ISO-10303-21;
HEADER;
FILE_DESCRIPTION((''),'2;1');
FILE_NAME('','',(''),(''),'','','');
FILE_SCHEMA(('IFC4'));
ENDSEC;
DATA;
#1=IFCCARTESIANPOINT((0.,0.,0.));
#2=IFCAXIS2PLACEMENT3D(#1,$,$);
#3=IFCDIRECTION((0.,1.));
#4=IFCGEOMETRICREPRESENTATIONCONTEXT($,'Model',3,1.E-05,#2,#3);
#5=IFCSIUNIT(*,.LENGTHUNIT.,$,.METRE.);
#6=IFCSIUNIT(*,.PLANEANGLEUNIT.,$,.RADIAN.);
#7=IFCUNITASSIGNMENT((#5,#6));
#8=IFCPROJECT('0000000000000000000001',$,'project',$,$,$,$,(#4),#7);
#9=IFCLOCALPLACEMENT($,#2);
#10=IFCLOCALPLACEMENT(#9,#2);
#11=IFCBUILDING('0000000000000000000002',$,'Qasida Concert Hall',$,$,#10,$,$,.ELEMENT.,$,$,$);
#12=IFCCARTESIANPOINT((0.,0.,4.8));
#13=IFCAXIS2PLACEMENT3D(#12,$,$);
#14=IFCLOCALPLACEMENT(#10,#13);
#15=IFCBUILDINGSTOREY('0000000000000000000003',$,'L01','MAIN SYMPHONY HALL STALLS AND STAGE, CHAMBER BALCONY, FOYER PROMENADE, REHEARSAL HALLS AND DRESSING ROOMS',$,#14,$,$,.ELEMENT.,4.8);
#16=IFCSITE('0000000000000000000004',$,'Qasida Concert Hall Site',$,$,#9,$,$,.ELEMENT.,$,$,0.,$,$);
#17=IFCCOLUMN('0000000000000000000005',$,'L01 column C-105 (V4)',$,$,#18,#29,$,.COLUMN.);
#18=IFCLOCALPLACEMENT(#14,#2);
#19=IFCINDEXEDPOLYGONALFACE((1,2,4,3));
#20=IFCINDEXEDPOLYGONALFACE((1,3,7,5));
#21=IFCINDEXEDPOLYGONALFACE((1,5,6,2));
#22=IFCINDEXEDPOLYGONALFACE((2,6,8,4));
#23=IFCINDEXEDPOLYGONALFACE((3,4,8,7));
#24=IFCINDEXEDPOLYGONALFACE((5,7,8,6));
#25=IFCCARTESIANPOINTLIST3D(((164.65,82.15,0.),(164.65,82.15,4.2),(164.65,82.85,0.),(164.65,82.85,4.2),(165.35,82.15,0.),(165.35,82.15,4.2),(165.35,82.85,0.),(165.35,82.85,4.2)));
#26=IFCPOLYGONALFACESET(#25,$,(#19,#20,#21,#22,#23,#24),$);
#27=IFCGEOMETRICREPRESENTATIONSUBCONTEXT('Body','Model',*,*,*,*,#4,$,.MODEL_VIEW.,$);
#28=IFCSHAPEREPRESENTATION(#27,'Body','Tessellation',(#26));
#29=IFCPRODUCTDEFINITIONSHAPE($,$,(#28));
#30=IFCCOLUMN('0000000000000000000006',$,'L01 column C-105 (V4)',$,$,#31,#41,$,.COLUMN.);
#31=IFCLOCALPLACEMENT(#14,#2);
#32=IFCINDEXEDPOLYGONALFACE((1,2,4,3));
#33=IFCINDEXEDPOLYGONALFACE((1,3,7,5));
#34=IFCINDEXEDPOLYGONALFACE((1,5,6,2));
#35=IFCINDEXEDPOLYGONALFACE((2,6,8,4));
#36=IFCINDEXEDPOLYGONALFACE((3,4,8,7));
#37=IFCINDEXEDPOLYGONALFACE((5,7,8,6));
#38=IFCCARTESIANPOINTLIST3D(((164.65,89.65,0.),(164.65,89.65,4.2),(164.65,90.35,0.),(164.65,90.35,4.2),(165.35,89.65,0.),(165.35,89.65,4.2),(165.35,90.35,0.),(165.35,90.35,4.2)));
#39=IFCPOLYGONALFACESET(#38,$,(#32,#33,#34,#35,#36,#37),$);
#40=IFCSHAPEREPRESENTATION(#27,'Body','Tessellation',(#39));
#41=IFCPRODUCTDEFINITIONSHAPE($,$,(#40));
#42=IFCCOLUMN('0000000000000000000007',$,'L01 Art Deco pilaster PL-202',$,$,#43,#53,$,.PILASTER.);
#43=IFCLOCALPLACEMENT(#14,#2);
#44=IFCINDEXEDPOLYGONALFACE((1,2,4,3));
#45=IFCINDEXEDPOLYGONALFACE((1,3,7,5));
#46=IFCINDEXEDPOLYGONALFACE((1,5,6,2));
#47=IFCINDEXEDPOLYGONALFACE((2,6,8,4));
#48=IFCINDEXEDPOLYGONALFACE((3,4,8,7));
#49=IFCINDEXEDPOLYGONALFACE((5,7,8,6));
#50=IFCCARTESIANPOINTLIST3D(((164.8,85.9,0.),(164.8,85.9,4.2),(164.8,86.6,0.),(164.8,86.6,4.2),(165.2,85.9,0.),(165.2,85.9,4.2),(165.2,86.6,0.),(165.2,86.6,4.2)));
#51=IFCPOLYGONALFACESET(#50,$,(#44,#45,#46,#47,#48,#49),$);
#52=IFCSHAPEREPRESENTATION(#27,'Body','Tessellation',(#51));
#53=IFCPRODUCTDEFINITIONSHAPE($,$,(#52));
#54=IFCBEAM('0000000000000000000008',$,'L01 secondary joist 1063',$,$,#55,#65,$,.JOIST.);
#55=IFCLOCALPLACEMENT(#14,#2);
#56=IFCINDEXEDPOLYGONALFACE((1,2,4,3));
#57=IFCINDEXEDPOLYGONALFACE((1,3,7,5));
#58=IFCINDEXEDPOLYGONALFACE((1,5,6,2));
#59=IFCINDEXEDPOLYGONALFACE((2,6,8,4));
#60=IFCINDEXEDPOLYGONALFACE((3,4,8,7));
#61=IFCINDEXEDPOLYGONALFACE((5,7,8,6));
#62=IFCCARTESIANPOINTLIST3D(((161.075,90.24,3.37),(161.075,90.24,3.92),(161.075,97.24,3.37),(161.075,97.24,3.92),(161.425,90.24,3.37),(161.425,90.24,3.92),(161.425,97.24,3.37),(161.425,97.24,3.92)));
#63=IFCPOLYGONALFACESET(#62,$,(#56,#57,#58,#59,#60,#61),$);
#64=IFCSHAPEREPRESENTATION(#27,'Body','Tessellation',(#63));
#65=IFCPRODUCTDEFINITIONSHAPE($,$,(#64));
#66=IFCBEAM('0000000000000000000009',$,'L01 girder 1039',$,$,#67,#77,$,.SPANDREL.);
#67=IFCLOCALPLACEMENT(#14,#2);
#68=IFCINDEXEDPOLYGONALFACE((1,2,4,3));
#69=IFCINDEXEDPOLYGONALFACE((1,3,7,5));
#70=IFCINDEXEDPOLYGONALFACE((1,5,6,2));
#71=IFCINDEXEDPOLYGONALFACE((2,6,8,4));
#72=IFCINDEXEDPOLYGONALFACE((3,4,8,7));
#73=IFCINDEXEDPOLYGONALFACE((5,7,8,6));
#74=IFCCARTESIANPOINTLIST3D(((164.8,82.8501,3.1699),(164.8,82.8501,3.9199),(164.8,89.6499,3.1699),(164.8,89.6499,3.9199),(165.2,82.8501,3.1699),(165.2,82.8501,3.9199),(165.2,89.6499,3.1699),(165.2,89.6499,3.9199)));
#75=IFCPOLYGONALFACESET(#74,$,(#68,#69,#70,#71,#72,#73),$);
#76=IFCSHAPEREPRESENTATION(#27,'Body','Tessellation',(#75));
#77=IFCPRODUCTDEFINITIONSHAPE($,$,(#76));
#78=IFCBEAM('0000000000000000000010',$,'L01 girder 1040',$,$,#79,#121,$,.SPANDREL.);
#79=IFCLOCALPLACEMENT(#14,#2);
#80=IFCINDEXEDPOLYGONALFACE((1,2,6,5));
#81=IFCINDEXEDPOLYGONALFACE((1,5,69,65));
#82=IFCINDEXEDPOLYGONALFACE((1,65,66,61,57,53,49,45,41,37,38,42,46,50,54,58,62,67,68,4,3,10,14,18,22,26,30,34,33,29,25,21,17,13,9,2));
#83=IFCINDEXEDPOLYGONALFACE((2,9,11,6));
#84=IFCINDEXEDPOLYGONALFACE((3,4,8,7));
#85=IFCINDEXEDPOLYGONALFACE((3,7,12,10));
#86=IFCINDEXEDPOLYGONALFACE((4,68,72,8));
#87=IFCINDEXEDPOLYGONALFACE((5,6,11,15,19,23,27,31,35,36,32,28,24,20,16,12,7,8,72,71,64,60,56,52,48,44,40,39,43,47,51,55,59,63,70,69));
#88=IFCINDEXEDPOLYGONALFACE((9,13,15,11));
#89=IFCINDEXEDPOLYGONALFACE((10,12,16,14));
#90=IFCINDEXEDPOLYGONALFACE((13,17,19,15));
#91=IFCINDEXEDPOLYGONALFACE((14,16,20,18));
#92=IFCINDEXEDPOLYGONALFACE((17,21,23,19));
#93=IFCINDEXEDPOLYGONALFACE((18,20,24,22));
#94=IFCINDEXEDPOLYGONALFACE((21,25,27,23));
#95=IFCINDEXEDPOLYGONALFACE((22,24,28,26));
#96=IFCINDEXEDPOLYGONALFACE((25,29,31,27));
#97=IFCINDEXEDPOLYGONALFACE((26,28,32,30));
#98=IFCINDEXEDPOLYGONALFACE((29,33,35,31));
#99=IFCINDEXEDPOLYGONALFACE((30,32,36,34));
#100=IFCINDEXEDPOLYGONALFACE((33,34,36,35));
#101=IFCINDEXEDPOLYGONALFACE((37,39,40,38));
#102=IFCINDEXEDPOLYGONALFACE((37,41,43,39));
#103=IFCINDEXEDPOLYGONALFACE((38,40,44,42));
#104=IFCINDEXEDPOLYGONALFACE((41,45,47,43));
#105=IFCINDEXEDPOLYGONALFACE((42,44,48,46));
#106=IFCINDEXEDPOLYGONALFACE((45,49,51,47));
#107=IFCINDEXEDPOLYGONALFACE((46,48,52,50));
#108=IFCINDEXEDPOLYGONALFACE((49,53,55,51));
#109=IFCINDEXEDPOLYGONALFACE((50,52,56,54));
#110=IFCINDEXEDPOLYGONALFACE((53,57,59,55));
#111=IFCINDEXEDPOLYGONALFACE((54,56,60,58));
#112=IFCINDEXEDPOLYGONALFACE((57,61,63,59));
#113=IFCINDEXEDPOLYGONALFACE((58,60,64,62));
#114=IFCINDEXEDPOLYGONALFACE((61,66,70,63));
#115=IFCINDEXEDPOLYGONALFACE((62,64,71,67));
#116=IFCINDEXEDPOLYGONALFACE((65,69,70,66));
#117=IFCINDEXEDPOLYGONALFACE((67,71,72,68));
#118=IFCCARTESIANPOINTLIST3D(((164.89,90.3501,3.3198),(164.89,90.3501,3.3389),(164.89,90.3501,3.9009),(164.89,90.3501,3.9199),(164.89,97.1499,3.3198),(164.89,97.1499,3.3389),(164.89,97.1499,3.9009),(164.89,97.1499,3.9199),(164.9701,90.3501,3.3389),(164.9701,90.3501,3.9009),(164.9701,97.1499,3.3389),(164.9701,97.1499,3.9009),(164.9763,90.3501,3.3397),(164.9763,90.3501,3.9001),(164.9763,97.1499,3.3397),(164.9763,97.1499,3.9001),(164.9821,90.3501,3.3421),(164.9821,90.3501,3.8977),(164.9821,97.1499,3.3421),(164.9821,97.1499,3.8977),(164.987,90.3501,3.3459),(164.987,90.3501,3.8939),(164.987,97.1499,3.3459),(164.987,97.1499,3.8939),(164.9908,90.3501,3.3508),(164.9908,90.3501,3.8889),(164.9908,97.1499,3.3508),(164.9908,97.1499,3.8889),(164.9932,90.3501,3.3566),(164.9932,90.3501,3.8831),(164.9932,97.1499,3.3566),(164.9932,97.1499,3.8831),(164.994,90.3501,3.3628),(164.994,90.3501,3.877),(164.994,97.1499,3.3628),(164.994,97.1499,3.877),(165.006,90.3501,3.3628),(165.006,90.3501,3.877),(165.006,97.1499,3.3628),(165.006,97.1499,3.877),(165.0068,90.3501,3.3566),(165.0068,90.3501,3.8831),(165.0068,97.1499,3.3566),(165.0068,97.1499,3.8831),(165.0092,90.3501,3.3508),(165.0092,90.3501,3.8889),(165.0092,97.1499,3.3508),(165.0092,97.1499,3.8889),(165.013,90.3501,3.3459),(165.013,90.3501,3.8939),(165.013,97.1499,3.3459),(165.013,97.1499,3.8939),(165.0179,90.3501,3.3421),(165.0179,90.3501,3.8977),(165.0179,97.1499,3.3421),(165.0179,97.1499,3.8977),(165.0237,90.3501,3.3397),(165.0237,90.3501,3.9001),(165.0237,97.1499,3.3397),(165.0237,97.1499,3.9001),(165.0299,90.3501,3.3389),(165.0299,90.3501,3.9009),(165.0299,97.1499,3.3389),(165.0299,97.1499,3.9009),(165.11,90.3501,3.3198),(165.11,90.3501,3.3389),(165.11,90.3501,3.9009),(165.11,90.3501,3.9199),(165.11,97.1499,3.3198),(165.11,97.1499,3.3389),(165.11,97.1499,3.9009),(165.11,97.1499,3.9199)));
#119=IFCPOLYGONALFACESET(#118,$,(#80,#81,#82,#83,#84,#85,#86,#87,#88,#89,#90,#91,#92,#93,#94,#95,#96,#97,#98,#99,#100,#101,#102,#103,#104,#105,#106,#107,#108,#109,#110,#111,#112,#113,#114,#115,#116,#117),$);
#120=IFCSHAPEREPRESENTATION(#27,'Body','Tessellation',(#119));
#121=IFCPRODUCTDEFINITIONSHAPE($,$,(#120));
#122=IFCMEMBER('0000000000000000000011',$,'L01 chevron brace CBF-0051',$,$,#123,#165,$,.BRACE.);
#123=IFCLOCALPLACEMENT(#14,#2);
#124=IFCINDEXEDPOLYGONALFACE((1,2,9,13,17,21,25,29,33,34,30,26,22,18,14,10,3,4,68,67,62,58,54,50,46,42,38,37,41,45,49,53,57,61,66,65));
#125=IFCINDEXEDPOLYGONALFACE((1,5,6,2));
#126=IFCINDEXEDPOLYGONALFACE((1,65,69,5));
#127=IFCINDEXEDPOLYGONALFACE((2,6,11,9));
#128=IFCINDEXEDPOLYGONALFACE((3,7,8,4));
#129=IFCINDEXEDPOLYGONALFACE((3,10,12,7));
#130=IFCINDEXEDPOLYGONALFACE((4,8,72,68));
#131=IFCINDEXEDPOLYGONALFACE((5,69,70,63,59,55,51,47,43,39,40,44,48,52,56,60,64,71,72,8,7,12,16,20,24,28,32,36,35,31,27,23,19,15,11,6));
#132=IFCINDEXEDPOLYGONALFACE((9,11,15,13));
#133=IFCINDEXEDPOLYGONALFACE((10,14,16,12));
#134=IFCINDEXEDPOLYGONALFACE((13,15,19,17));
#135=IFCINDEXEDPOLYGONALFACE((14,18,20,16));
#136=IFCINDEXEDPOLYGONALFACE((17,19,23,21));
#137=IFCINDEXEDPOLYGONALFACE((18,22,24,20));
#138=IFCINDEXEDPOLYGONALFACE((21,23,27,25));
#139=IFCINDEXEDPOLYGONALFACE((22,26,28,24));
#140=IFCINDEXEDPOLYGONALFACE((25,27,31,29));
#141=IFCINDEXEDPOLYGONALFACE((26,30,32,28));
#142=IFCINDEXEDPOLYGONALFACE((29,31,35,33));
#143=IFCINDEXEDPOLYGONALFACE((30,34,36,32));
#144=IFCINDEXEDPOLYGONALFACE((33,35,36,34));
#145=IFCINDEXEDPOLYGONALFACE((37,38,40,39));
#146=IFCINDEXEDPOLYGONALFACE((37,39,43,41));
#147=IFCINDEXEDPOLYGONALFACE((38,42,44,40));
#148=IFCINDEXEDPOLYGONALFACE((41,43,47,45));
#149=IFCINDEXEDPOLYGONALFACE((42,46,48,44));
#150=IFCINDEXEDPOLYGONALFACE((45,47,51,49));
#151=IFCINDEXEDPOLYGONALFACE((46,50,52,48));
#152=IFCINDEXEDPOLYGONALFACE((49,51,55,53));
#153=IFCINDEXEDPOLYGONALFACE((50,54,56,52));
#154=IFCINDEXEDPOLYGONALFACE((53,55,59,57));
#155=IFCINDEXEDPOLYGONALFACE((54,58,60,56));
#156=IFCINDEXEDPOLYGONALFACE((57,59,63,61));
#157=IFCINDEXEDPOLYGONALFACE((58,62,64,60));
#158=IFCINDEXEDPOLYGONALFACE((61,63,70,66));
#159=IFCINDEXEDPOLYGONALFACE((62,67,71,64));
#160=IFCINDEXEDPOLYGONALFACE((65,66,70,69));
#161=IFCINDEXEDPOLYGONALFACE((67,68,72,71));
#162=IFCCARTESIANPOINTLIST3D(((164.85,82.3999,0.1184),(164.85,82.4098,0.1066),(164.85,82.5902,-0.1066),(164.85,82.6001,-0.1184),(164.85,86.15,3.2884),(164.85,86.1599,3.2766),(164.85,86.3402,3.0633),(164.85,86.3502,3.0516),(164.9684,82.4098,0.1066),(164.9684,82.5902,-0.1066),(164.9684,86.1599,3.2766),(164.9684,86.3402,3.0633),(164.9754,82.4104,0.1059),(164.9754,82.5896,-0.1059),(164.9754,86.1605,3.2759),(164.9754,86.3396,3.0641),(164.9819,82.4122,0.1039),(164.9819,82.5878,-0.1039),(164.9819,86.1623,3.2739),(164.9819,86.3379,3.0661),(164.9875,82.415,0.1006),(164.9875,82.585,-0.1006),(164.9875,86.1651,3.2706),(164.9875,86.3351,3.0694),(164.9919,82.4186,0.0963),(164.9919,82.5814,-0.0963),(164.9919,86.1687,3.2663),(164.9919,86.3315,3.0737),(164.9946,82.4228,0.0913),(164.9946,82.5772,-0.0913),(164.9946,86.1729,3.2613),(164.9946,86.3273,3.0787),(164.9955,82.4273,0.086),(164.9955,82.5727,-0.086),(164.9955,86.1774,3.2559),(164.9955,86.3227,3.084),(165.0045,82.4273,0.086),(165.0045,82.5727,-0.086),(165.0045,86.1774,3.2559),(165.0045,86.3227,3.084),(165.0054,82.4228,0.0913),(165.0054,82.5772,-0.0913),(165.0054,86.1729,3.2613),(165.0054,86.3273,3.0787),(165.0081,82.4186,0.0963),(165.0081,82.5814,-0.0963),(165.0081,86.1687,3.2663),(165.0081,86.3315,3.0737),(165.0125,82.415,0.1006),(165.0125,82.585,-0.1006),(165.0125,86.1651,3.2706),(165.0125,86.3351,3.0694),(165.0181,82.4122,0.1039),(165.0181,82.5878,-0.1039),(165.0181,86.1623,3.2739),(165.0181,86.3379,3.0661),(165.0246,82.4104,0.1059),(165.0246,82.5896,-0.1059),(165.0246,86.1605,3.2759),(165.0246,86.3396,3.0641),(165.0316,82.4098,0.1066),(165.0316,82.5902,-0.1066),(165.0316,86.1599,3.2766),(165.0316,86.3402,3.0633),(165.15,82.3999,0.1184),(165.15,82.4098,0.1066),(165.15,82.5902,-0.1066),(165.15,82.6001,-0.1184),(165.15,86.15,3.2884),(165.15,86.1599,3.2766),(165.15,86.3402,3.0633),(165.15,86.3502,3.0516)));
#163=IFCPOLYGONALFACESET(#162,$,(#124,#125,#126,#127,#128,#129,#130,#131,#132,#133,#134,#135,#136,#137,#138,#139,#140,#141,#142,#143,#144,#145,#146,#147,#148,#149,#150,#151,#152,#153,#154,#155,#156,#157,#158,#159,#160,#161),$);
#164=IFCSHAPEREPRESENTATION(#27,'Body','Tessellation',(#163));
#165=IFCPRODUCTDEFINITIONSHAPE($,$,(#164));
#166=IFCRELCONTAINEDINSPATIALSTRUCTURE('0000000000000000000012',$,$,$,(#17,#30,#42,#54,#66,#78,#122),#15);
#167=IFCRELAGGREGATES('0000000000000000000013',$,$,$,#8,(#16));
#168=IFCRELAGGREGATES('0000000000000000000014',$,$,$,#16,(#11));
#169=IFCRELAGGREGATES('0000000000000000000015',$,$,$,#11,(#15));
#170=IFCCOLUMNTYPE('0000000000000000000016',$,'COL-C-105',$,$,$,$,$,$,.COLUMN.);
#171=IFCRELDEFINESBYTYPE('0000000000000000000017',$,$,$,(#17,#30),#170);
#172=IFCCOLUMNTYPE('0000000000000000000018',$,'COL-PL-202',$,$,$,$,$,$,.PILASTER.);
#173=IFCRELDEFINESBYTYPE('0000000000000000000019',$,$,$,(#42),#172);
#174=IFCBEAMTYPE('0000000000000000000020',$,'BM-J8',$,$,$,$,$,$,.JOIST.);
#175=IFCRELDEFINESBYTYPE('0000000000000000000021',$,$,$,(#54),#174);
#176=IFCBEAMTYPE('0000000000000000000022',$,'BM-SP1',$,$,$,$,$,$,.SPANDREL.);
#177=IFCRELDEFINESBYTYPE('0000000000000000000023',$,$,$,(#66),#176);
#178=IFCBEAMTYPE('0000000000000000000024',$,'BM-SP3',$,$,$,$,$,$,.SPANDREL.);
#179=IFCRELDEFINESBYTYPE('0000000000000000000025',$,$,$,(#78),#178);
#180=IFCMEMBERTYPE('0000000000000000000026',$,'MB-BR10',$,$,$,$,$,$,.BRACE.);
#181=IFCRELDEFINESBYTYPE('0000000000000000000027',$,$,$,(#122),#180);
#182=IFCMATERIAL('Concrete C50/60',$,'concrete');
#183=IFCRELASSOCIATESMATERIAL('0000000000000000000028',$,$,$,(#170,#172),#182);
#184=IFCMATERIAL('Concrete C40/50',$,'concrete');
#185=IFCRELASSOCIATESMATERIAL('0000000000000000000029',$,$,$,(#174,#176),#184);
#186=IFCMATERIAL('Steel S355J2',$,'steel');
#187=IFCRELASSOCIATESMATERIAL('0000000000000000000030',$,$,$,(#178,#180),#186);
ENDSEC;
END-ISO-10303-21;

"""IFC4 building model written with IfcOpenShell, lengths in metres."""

from ifc_helpers import new_model, si_unit, direction, frame, origin, origin_2d, place, context, subcontext, project, spatial, rectangle, i_section, extrude, material, material_profile, profile_set, type_object, element, save


model = new_model("IFC4")

# Units and contexts
model_context = context("Model", 3, precision=1e-05, world=origin(), true_north=direction((0.0, 1.0)))
body_context = subcontext(model_context, "Body", "Model", "MODEL_VIEW")
ifc_project = project(units=[si_unit("LENGTHUNIT", "METRE"), si_unit("PLANEANGLEUNIT", "RADIAN")], contexts=[model_context])

# Site, building, storey
site_placement = place(None, origin())
site = spatial("IfcSite", under=ifc_project, at=site_placement, Name="Qasida Concert Hall Site", CompositionType="ELEMENT", RefElevation=0.0)
building_placement = place(site_placement, origin())
building = spatial("IfcBuilding", under=site, at=building_placement, Name="Qasida Concert Hall", CompositionType="ELEMENT")
storey_placement = place(building_placement, frame((0.0, 0.0, 4.8)))
storey = spatial("IfcBuildingStorey", under=building, at=storey_placement, Name="L01", Description="MAIN SYMPHONY HALL STALLS AND STAGE, CHAMBER BALCONY, FOYER PROMENADE, REHEARSAL HALLS AND DRESSING ROOMS", CompositionType="ELEMENT", Elevation=4.8)

# Columns
ifc_material_1 = material(Name="Concrete C50/60", Category="concrete")
ifc_material_profile_1 = material_profile(ifc_material_1, rectangle(XDim=0.7, YDim=0.7, at=origin_2d()), Name="RC 700x700")
ifc_profile_set_1 = profile_set([ifc_material_profile_1], Name="Concrete C50/60")
column_type_1 = type_object("IfcColumnType", Name="COL-C-105", PredefinedType="COLUMN", material=ifc_profile_set_1)
for number, where, z_axis, x_axis, name in (
    (1, (165.0, 82.5, 0.0), (0.0, 0.0, 1.0), (1.0, 0.0, 0.0), "L01 column C-105 (V4)"),
    (2, (165.0, 90.0, 0.0), (0.0, 0.0, 1.0), (1.0, 0.0, 0.0), "L01 column C-105 (V4)"),
):
    element("IfcColumn", number, at=place(storey_placement, frame(where, z_axis=z_axis, x_axis=x_axis)), inside=storey, type_object=column_type_1, Name=name, PredefinedType="COLUMN", context=body_context, shape_type="SweptSolid", body=[
        extrude(rectangle(XDim=0.7, YDim=0.7, at=origin_2d()), origin(), (0.0, 0.0, 1.0), 4.2),
    ])
ifc_material_profile_2 = material_profile(ifc_material_1, rectangle(XDim=0.3999, YDim=0.7, at=origin_2d()), Name="RC 400x700")
ifc_profile_set_2 = profile_set([ifc_material_profile_2], Name="Concrete C50/60")
column_type_2 = type_object("IfcColumnType", Name="COL-PL-202", PredefinedType="PILASTER", material=ifc_profile_set_2)
column_placement = place(storey_placement, frame((165.0, 86.25, 0.0), z_axis=(0.0, 0.0, 1.0), x_axis=(1.0, 0.0, 0.0)))
element("IfcColumn", 3, at=column_placement, inside=storey, type_object=column_type_2, Name="L01 Art Deco pilaster PL-202", PredefinedType="PILASTER", context=body_context, shape_type="SweptSolid", body=[
    extrude(rectangle(XDim=0.3999, YDim=0.7, at=origin_2d()), origin(), (0.0, 0.0, 1.0), 4.2),
])

# Beams
ifc_material_2 = material(Name="Concrete C40/50", Category="concrete")
ifc_material_profile_3 = material_profile(ifc_material_2, rectangle(XDim=0.3501, YDim=0.55, at=origin_2d()), Name="RC 350x550")
ifc_profile_set_3 = profile_set([ifc_material_profile_3], Name="Concrete C40/50")
beam_type_1 = type_object("IfcBeamType", Name="BM-J8", PredefinedType="JOIST", material=ifc_profile_set_3)
beam_1_placement = place(storey_placement, frame((161.25, 90.24, 3.645), z_axis=(0.0, 1.0, 0.0), x_axis=(-1.0, 0.0, 0.0)))
element("IfcBeam", 4, at=beam_1_placement, inside=storey, type_object=beam_type_1, Name="L01 secondary joist 1063", PredefinedType="JOIST", context=body_context, shape_type="SweptSolid", body=[
    extrude(rectangle(XDim=0.3501, YDim=0.55, at=origin_2d()), origin(), (0.0, 0.0, 1.0), 7.0),
])
ifc_material_profile_4 = material_profile(ifc_material_2, rectangle(XDim=0.3999, YDim=0.75, at=origin_2d()), Name="RC 400x750")
ifc_profile_set_4 = profile_set([ifc_material_profile_4], Name="Concrete C40/50")
beam_type_2 = type_object("IfcBeamType", Name="BM-SP1", PredefinedType="SPANDREL", material=ifc_profile_set_4)
beam_2_placement = place(storey_placement, frame((165.0, 82.8501, 3.5449), z_axis=(0.0, 1.0, 0.0), x_axis=(-1.0, 0.0, 0.0)))
element("IfcBeam", 5, at=beam_2_placement, inside=storey, type_object=beam_type_2, Name="L01 girder 1039", PredefinedType="SPANDREL", context=body_context, shape_type="SweptSolid", body=[
    extrude(rectangle(XDim=0.3999, YDim=0.75, at=origin_2d()), origin(), (0.0, 0.0, 1.0), 6.7998),
])
ifc_material_3 = material(Name="Steel S355J2", Category="steel")
ifc_material_profile_5 = material_profile(ifc_material_3, i_section(OverallWidth=0.22, OverallDepth=0.6001, WebThickness=0.012, FlangeThickness=0.019, FilletRadius=0.0239, at=origin_2d()), Name="IPE 600")
ifc_profile_set_5 = profile_set([ifc_material_profile_5], Name="Steel S355J2")
beam_type_3 = type_object("IfcBeamType", Name="BM-SP3", PredefinedType="SPANDREL", material=ifc_profile_set_5)
beam_3_placement = place(storey_placement, frame((165.0, 90.3501, 3.6199), z_axis=(0.0, 1.0, 0.0), x_axis=(-1.0, 0.0, 0.0)))
element("IfcBeam", 6, at=beam_3_placement, inside=storey, type_object=beam_type_3, Name="L01 girder 1040", PredefinedType="SPANDREL", context=body_context, shape_type="SweptSolid", body=[
    extrude(i_section(OverallWidth=0.22, OverallDepth=0.6001, WebThickness=0.012, FlangeThickness=0.019, FilletRadius=0.0239, at=origin_2d()), origin(), (0.0, 0.0, 1.0), 6.7998),
])

# Member
ifc_material_profile_6 = material_profile(ifc_material_3, i_section(OverallWidth=0.3, OverallDepth=0.3101, WebThickness=0.009, FlangeThickness=0.0154, FilletRadius=0.0271, at=origin_2d()), Name="HEA 320")
ifc_profile_set_6 = profile_set([ifc_material_profile_6], Name="Steel S355J2")
member_type_1 = type_object("IfcMemberType", Name="MB-BR10", PredefinedType="BRACE", material=ifc_profile_set_6)
for number, where, z_axis, x_axis, name in (
    (7, (165.0, 82.5, 0.0), (0.0, 0.763703, 0.645568), (-1.0, 0.0, 0.0), "L01 chevron brace CBF-0051"),
):
    element("IfcMember", number, at=place(storey_placement, frame(where, z_axis=z_axis, x_axis=x_axis)), inside=storey, type_object=member_type_1, Name=name, PredefinedType="BRACE", context=body_context, shape_type="SweptSolid", body=[
        extrude(i_section(OverallWidth=0.3, OverallDepth=0.3101, WebThickness=0.009, FlangeThickness=0.0154, FilletRadius=0.0271, at=origin_2d()), origin(), (0.0, 0.0, 1.0), 4.9104),
    ])

save(model, "model.ifc")
